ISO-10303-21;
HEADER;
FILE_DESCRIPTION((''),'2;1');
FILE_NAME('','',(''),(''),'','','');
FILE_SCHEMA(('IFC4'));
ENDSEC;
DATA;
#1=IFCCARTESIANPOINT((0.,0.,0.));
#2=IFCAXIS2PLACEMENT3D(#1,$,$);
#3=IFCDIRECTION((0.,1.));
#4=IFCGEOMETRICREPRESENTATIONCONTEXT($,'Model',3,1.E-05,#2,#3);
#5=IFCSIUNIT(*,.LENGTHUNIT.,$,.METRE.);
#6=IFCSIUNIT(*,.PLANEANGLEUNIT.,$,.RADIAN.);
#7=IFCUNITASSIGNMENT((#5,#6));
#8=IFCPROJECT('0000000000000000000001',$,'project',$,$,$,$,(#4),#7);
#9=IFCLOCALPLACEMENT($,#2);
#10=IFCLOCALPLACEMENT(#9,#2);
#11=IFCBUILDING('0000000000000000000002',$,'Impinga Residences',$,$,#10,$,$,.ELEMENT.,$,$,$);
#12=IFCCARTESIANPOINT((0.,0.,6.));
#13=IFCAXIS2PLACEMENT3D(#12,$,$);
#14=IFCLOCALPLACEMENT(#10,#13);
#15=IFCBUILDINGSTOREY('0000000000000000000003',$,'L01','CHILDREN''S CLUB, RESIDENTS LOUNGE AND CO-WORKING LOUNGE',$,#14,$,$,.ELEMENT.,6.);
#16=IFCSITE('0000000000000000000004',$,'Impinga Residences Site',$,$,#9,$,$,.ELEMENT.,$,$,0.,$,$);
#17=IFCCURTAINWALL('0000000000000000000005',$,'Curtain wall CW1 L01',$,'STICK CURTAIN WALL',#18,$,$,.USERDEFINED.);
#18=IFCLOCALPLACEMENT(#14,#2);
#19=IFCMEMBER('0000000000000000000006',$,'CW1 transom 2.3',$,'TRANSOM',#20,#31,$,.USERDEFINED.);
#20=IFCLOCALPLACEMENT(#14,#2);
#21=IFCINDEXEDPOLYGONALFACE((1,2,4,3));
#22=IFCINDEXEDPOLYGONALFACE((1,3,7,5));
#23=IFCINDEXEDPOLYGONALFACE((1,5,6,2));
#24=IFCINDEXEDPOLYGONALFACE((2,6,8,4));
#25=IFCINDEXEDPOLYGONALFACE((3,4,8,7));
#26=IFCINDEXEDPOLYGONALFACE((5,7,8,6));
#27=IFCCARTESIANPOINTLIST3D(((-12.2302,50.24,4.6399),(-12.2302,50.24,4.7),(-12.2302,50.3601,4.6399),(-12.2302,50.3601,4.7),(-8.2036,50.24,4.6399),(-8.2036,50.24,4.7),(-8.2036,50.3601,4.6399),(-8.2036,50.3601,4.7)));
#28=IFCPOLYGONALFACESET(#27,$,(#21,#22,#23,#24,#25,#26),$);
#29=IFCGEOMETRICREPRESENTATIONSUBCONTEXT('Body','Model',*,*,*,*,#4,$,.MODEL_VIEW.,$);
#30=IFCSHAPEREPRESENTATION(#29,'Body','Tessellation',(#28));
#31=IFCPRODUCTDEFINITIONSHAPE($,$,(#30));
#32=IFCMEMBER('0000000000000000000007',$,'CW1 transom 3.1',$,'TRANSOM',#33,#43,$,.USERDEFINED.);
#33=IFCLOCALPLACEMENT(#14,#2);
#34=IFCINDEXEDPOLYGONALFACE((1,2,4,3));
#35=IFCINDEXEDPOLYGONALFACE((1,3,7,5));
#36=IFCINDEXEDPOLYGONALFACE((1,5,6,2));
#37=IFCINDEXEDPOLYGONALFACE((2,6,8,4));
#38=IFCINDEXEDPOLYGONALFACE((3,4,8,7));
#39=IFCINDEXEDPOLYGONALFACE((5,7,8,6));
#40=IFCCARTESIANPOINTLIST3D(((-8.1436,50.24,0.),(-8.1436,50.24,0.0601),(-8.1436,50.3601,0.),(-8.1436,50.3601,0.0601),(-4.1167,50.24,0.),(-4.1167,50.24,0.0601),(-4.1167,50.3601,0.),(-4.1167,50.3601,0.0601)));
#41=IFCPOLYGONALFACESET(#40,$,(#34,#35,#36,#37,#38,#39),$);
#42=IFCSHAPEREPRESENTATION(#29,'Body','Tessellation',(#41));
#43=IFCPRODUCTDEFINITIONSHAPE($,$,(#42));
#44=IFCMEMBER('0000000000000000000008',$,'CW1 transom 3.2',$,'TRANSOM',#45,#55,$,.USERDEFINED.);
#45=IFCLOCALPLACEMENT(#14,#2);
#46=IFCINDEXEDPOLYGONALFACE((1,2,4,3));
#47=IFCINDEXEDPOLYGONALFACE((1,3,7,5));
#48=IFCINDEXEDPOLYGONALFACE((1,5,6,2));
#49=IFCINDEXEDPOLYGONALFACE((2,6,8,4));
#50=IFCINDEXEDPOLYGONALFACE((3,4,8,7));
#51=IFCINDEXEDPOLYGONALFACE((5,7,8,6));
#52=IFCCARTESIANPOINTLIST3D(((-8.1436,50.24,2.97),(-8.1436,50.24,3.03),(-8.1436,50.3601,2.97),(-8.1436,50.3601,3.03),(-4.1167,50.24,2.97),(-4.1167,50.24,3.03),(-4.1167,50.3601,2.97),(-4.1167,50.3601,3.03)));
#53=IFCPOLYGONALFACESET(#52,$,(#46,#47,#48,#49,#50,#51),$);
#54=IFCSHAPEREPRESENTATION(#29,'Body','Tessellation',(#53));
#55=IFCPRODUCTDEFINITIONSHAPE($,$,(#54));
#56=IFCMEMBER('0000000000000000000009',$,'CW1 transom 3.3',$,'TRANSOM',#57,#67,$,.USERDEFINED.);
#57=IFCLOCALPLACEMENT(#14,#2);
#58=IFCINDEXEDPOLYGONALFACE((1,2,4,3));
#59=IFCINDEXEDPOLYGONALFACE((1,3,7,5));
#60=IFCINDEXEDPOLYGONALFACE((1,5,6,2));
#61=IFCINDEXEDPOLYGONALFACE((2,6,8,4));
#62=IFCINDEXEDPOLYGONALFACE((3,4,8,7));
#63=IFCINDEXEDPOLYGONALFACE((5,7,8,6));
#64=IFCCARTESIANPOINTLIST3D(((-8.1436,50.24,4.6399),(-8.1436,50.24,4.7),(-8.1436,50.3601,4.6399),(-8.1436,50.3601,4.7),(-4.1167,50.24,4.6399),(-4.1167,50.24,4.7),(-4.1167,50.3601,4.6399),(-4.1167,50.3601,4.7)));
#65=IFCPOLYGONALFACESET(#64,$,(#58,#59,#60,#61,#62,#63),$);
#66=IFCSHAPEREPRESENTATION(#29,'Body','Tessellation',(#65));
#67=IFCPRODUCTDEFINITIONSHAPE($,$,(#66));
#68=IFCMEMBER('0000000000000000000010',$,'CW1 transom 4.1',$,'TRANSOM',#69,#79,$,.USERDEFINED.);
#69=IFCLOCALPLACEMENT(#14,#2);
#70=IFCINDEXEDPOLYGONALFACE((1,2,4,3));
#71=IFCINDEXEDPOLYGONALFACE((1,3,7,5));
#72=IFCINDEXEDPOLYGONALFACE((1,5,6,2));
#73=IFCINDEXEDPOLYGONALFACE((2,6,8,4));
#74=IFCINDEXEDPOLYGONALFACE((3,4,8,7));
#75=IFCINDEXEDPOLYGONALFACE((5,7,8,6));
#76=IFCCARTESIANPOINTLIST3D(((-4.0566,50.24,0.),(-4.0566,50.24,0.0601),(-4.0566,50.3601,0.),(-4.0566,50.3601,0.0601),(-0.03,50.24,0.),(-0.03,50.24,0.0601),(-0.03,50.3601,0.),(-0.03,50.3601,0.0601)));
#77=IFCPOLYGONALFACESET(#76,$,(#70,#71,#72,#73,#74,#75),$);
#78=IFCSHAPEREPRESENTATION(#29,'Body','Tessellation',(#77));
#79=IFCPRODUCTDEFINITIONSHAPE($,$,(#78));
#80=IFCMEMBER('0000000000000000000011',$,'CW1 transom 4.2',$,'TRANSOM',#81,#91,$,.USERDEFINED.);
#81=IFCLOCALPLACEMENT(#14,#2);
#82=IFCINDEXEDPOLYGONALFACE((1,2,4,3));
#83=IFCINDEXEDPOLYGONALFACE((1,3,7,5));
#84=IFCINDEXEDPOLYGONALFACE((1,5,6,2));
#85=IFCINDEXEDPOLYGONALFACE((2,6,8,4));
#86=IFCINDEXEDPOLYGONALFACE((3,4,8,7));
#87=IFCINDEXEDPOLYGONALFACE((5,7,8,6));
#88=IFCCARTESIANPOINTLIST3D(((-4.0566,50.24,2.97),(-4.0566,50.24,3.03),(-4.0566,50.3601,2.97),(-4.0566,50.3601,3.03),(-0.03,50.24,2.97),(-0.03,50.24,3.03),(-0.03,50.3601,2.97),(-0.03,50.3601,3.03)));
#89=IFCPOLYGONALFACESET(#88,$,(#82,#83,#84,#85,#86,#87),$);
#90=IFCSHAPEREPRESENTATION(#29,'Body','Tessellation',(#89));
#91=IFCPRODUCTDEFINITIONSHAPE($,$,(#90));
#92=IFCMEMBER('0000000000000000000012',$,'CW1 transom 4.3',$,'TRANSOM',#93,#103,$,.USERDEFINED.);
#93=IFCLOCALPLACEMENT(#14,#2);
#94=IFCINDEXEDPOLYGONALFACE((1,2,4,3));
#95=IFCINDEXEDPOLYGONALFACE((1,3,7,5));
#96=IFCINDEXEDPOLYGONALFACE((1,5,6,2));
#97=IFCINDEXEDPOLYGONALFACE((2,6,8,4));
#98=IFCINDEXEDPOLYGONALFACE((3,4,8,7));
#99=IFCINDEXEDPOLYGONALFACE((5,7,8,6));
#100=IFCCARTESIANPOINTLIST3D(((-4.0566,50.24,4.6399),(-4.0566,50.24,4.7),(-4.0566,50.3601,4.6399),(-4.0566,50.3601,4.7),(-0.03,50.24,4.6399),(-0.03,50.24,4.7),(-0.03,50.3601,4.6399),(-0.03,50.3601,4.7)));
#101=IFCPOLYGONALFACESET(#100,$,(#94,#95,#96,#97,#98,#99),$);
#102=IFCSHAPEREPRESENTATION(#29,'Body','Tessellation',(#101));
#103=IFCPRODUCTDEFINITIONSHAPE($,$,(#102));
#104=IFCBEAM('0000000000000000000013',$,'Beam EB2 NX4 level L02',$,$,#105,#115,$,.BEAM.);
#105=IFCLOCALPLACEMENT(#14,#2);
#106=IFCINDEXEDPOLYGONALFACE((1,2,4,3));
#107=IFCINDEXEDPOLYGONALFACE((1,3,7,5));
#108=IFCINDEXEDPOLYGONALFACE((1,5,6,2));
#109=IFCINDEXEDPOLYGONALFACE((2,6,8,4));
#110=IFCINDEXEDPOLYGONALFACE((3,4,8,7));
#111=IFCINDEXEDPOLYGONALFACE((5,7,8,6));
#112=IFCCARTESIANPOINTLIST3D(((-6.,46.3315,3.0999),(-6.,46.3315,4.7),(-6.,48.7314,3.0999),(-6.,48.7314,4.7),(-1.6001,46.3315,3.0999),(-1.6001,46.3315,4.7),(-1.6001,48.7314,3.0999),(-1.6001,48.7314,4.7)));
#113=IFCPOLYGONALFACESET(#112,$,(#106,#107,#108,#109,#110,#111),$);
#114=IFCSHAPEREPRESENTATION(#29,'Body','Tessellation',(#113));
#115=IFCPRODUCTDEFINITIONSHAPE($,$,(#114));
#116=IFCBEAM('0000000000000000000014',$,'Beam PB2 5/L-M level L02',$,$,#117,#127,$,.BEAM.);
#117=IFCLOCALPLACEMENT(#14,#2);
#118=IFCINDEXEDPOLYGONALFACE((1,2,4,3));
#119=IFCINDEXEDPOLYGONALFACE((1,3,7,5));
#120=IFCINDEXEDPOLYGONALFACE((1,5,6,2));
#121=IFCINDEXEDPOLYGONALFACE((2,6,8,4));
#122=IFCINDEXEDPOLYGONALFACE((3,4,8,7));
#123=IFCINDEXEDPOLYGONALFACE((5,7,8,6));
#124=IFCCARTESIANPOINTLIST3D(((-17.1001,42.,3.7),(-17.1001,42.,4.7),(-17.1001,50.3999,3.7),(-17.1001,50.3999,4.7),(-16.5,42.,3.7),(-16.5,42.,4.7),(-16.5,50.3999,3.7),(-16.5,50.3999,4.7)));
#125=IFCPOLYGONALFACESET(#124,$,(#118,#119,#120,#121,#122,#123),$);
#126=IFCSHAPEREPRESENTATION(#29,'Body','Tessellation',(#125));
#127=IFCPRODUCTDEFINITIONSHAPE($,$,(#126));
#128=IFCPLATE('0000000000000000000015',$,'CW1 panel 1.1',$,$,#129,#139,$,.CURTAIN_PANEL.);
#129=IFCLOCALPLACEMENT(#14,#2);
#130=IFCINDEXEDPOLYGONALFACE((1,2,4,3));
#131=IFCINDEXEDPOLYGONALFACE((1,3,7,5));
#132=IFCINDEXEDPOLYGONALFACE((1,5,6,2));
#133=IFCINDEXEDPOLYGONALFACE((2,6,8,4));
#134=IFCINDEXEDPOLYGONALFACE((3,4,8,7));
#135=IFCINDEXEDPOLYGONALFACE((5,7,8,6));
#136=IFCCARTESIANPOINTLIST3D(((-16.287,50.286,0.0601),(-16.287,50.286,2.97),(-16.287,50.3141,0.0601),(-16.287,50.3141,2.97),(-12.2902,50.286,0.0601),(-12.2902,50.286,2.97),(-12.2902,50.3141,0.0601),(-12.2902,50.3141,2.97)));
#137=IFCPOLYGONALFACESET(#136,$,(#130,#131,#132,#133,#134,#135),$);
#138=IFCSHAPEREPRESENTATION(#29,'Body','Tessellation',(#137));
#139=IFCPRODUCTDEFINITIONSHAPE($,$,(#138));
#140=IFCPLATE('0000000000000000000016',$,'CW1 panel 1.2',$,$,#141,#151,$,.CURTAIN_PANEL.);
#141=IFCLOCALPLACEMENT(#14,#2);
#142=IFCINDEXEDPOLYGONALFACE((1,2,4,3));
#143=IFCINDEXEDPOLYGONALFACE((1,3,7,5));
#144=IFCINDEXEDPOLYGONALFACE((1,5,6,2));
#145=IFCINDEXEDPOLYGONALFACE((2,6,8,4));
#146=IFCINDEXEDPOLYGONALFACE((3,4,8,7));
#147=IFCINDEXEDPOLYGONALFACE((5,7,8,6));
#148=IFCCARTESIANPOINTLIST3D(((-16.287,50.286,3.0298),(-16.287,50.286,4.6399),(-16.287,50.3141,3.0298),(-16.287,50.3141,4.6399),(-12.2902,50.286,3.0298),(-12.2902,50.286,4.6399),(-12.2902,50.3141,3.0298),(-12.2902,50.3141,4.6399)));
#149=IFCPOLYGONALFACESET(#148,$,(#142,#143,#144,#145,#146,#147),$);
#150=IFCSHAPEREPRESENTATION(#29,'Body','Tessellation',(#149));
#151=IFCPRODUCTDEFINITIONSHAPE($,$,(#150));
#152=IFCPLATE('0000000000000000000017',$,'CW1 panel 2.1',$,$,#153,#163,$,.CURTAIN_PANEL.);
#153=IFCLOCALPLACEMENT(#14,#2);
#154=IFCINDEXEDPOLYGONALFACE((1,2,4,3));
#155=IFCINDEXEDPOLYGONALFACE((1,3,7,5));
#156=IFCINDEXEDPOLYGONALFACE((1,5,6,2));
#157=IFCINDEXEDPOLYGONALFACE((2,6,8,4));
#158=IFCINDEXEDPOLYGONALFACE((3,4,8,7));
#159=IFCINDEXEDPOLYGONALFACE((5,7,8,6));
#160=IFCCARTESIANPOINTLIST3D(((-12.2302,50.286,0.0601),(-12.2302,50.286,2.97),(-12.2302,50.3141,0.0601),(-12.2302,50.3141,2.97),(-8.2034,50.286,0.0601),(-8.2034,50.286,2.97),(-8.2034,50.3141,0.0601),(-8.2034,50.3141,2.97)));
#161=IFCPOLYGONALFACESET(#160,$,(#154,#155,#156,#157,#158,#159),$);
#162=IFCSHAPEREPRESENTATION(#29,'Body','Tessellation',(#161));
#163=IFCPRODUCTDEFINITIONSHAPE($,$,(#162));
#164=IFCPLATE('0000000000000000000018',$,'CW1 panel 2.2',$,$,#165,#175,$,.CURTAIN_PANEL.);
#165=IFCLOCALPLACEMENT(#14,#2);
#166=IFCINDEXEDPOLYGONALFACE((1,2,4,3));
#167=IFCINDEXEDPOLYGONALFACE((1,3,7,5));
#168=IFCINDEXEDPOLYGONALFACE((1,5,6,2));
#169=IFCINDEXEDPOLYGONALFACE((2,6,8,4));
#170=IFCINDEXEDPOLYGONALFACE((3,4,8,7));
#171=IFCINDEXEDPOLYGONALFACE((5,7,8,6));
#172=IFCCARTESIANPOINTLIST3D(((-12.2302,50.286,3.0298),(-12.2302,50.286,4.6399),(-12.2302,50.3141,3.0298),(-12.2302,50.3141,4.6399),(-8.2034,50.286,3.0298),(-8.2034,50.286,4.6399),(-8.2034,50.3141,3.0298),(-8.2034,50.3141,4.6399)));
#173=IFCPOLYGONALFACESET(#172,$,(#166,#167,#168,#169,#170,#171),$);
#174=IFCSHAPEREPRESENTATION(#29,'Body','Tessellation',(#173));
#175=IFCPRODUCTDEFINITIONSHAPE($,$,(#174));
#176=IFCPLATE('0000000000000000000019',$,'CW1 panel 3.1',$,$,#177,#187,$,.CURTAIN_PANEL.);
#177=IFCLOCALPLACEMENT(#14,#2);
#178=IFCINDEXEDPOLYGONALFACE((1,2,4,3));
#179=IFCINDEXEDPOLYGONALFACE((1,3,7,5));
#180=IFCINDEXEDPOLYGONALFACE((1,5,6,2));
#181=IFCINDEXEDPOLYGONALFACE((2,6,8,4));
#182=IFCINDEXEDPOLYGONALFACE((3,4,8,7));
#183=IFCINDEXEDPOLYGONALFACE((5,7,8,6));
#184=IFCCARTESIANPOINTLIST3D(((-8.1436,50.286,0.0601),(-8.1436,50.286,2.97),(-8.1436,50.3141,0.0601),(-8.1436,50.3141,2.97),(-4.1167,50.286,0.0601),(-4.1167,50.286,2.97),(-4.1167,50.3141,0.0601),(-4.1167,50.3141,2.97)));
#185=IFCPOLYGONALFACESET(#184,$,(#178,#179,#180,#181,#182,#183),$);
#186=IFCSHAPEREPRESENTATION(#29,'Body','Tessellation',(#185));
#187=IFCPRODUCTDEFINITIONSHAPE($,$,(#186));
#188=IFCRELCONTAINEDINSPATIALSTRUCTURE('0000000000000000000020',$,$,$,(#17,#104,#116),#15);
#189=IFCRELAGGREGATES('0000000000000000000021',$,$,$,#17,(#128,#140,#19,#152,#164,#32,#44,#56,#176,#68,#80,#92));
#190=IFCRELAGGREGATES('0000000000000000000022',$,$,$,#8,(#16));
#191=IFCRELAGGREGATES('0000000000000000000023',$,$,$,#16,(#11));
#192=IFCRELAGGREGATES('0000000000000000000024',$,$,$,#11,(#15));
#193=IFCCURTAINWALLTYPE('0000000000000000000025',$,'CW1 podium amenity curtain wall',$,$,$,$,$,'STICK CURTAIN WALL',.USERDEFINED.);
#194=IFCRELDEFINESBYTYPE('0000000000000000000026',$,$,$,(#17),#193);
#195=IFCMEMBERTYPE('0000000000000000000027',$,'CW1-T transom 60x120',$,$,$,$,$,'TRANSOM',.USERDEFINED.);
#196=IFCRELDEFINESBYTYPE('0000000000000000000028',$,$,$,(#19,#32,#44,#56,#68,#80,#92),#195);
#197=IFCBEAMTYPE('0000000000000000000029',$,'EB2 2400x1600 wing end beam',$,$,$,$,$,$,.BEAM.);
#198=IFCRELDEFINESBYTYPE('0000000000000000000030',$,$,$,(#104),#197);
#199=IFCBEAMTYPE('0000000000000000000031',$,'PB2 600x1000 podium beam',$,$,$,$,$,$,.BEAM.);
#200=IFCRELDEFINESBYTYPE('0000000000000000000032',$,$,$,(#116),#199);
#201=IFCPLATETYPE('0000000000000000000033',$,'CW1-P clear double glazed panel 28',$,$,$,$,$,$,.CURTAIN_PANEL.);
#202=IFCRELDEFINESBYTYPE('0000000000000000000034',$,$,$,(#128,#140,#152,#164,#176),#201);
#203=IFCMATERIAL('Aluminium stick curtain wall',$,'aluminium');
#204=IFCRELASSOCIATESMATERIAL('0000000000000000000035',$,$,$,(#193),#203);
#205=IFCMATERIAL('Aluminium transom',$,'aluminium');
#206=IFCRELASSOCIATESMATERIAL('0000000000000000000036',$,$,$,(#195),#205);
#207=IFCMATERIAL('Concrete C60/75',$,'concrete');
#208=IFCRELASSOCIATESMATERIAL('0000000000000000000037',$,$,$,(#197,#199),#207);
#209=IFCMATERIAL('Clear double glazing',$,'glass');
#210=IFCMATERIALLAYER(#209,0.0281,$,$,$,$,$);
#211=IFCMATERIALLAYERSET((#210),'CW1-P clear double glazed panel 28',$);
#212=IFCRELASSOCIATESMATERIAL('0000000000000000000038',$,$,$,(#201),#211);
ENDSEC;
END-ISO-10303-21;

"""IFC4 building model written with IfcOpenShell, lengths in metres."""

from ifc_helpers import new_model, si_unit, direction, frame, origin, origin_2d, place, context, subcontext, project, spatial, rectangle, extrude, material, layer, layer_set, material_profile, profile_set, type_object, element, aggregate, save


model = new_model("IFC4")

# Units and contexts
model_context = context("Model", 3, precision=1e-05, world=origin(), true_north=direction((0.0, 1.0)))
body_context = subcontext(model_context, "Body", "Model", "MODEL_VIEW")
ifc_project = project(units=[si_unit("LENGTHUNIT", "METRE"), si_unit("PLANEANGLEUNIT", "RADIAN")], contexts=[model_context])

# Site, building, storey
site_placement = place(None, origin())
site = spatial("IfcSite", under=ifc_project, at=site_placement, Name="Impinga Residences Site", CompositionType="ELEMENT", RefElevation=0.0)
building_placement = place(site_placement, origin())
building = spatial("IfcBuilding", under=site, at=building_placement, Name="Impinga Residences", CompositionType="ELEMENT")
storey_placement = place(building_placement, frame((0.0, 0.0, 6.0)))
storey = spatial("IfcBuildingStorey", under=building, at=storey_placement, Name="L01", Description="CHILDREN'S CLUB, RESIDENTS LOUNGE AND CO-WORKING LOUNGE", CompositionType="ELEMENT", Elevation=6.0)

# Shared definitions
ifc_material_1 = material(Name="Concrete C60/75", Category="concrete")

# Curtain wall, members
ifc_material_2 = material(Name="Aluminium stick curtain wall", Category="aluminium")
curtain_wall_type = type_object("IfcCurtainWallType", Name="CW1 podium amenity curtain wall", ElementType="STICK CURTAIN WALL", PredefinedType="USERDEFINED", material=ifc_material_2)
curtain_wall_placement = place(storey_placement, origin())
curtain_wall = element("IfcCurtainWall", 1, at=curtain_wall_placement, inside=storey, type_object=curtain_wall_type, Name="Curtain wall CW1 L01", ObjectType="STICK CURTAIN WALL", PredefinedType="USERDEFINED")
ifc_material_3 = material(Name="Aluminium transom", Category="aluminium")
ifc_material_profile_1 = material_profile(ifc_material_3, rectangle(XDim=0.0601, YDim=0.1201, at=origin_2d()), Name="60x120 transom")
ifc_profile_set_1 = profile_set([ifc_material_profile_1], Name="Aluminium transom")
member_type_1 = type_object("IfcMemberType", Name="CW1-T transom 60x120", ElementType="TRANSOM", PredefinedType="USERDEFINED", material=ifc_profile_set_1)
member_1_placement = place(storey_placement, frame((-12.2302, 50.3, 4.6699), z_axis=(1.0, 0.0, 0.0), x_axis=(0.0, 0.0, 1.0)))
member_1 = element("IfcMember", 2, at=member_1_placement, type_object=member_type_1, Name="CW1 transom 2.3", ObjectType="TRANSOM", PredefinedType="USERDEFINED", context=body_context, shape_type="SweptSolid", body=[
    extrude(rectangle(XDim=0.0601, YDim=0.1201, at=origin_2d()), origin(), (0.0, 0.0, 1.0), 4.0266),
])
member_2_placement = place(storey_placement, frame((-8.1436, 50.3, 0.03), z_axis=(1.0, 0.0, 0.0), x_axis=(0.0, 0.0, 1.0)))
member_2 = element("IfcMember", 3, at=member_2_placement, type_object=member_type_1, Name="CW1 transom 3.1", ObjectType="TRANSOM", PredefinedType="USERDEFINED", context=body_context, shape_type="SweptSolid", body=[
    extrude(rectangle(XDim=0.0601, YDim=0.1201, at=origin_2d()), origin(), (0.0, 0.0, 1.0), 4.0269),
])
member_3_placement = place(storey_placement, frame((-8.1436, 50.3, 3.0), z_axis=(1.0, 0.0, 0.0), x_axis=(0.0, 0.0, 1.0)))
member_3 = element("IfcMember", 4, at=member_3_placement, type_object=member_type_1, Name="CW1 transom 3.2", ObjectType="TRANSOM", PredefinedType="USERDEFINED", context=body_context, shape_type="SweptSolid", body=[
    extrude(rectangle(XDim=0.0601, YDim=0.1201, at=origin_2d()), origin(), (0.0, 0.0, 1.0), 4.0269),
])
member_4_placement = place(storey_placement, frame((-8.1436, 50.3, 4.6699), z_axis=(1.0, 0.0, 0.0), x_axis=(0.0, 0.0, 1.0)))
member_4 = element("IfcMember", 5, at=member_4_placement, type_object=member_type_1, Name="CW1 transom 3.3", ObjectType="TRANSOM", PredefinedType="USERDEFINED", context=body_context, shape_type="SweptSolid", body=[
    extrude(rectangle(XDim=0.0601, YDim=0.1201, at=origin_2d()), origin(), (0.0, 0.0, 1.0), 4.0269),
])
member_5_placement = place(storey_placement, frame((-4.0566, 50.3, 0.03), z_axis=(1.0, 0.0, 0.0), x_axis=(0.0, 0.0, 1.0)))
member_5 = element("IfcMember", 6, at=member_5_placement, type_object=member_type_1, Name="CW1 transom 4.1", ObjectType="TRANSOM", PredefinedType="USERDEFINED", context=body_context, shape_type="SweptSolid", body=[
    extrude(rectangle(XDim=0.0601, YDim=0.1201, at=origin_2d()), origin(), (0.0, 0.0, 1.0), 4.0266),
])
member_6_placement = place(storey_placement, frame((-4.0566, 50.3, 3.0), z_axis=(1.0, 0.0, 0.0), x_axis=(0.0, 0.0, 1.0)))
member_6 = element("IfcMember", 7, at=member_6_placement, type_object=member_type_1, Name="CW1 transom 4.2", ObjectType="TRANSOM", PredefinedType="USERDEFINED", context=body_context, shape_type="SweptSolid", body=[
    extrude(rectangle(XDim=0.0601, YDim=0.1201, at=origin_2d()), origin(), (0.0, 0.0, 1.0), 4.0266),
])
member_7_placement = place(storey_placement, frame((-4.0566, 50.3, 4.6699), z_axis=(1.0, 0.0, 0.0), x_axis=(0.0, 0.0, 1.0)))
member_7 = element("IfcMember", 8, at=member_7_placement, type_object=member_type_1, Name="CW1 transom 4.3", ObjectType="TRANSOM", PredefinedType="USERDEFINED", context=body_context, shape_type="SweptSolid", body=[
    extrude(rectangle(XDim=0.0601, YDim=0.1201, at=origin_2d()), origin(), (0.0, 0.0, 1.0), 4.0266),
])

# Beams
ifc_material_profile_2 = material_profile(ifc_material_1, rectangle(XDim=2.3999, YDim=1.6001, at=origin_2d()), Name="RC 2400x1600")
ifc_profile_set_2 = profile_set([ifc_material_profile_2], Name="Concrete C60/75")
beam_type_1 = type_object("IfcBeamType", Name="EB2 2400x1600 wing end beam", PredefinedType="BEAM", material=ifc_profile_set_2)
beam_1_placement = place(storey_placement, frame((-6.0, 47.5315, 3.8999), z_axis=(1.0, 0.0, 0.0), x_axis=(0.0, 1.0, 0.0)))
element("IfcBeam", 9, at=beam_1_placement, inside=storey, type_object=beam_type_1, Name="Beam EB2 NX4 level L02", PredefinedType="BEAM", context=body_context, shape_type="SweptSolid", body=[
    extrude(rectangle(XDim=2.3999, YDim=1.6001, at=origin_2d()), origin(), (0.0, 0.0, 1.0), 4.3999),
])
ifc_material_profile_3 = material_profile(ifc_material_1, rectangle(XDim=0.6001, YDim=1.0, at=origin_2d()), Name="RC 600x1000")
ifc_profile_set_3 = profile_set([ifc_material_profile_3], Name="Concrete C60/75")
beam_type_2 = type_object("IfcBeamType", Name="PB2 600x1000 podium beam", PredefinedType="BEAM", material=ifc_profile_set_3)
beam_2_placement = place(storey_placement, frame((-16.8, 42.0, 4.2), z_axis=(0.0, 1.0, 0.0), x_axis=(-1.0, 0.0, 0.0)))
element("IfcBeam", 10, at=beam_2_placement, inside=storey, type_object=beam_type_2, Name="Beam PB2 5/L-M level L02", PredefinedType="BEAM", context=body_context, shape_type="SweptSolid", body=[
    extrude(rectangle(XDim=0.6001, YDim=1.0, at=origin_2d()), origin(), (0.0, 0.0, 1.0), 8.3999),
])

# Plates
ifc_material_4 = material(Name="Clear double glazing", Category="glass")
ifc_layer_1 = layer(ifc_material_4, 0.0281)
ifc_layer_set_1 = layer_set([ifc_layer_1], Name="CW1-P clear double glazed panel 28")
plate_type = type_object("IfcPlateType", Name="CW1-P clear double glazed panel 28", PredefinedType="CURTAIN_PANEL", material=ifc_layer_set_1)
plate_1_placement = place(storey_placement, frame((-14.2886, 50.3, 0.0601), z_axis=(0.0, 0.0, 1.0), x_axis=(1.0, 0.0, 0.0)))
plate_1 = element("IfcPlate", 11, at=plate_1_placement, type_object=plate_type, Name="CW1 panel 1.1", PredefinedType="CURTAIN_PANEL", context=body_context, shape_type="SweptSolid", body=[
    extrude(rectangle(XDim=3.9968, YDim=0.0281, at=origin_2d()), origin(), (0.0, 0.0, 1.0), 2.9099),
])
plate_2_placement = place(storey_placement, frame((-14.2886, 50.3, 3.0298), z_axis=(0.0, 0.0, 1.0), x_axis=(1.0, 0.0, 0.0)))
plate_2 = element("IfcPlate", 12, at=plate_2_placement, type_object=plate_type, Name="CW1 panel 1.2", PredefinedType="CURTAIN_PANEL", context=body_context, shape_type="SweptSolid", body=[
    extrude(rectangle(XDim=3.9968, YDim=0.0281, at=origin_2d()), origin(), (0.0, 0.0, 1.0), 1.6101),
])
plate_3_placement = place(storey_placement, frame((-10.2168, 50.3, 0.0601), z_axis=(0.0, 0.0, 1.0), x_axis=(1.0, 0.0, 0.0)))
plate_3 = element("IfcPlate", 13, at=plate_3_placement, type_object=plate_type, Name="CW1 panel 2.1", PredefinedType="CURTAIN_PANEL", context=body_context, shape_type="SweptSolid", body=[
    extrude(rectangle(XDim=4.0269, YDim=0.0281, at=origin_2d()), origin(), (0.0, 0.0, 1.0), 2.9099),
])
plate_4_placement = place(storey_placement, frame((-10.2168, 50.3, 3.0298), z_axis=(0.0, 0.0, 1.0), x_axis=(1.0, 0.0, 0.0)))
plate_4 = element("IfcPlate", 14, at=plate_4_placement, type_object=plate_type, Name="CW1 panel 2.2", PredefinedType="CURTAIN_PANEL", context=body_context, shape_type="SweptSolid", body=[
    extrude(rectangle(XDim=4.0269, YDim=0.0281, at=origin_2d()), origin(), (0.0, 0.0, 1.0), 1.6101),
])
plate_5_placement = place(storey_placement, frame((-6.1301, 50.3, 0.0601), z_axis=(0.0, 0.0, 1.0), x_axis=(1.0, 0.0, 0.0)))
plate_5 = element("IfcPlate", 15, at=plate_5_placement, type_object=plate_type, Name="CW1 panel 3.1", PredefinedType="CURTAIN_PANEL", context=body_context, shape_type="SweptSolid", body=[
    extrude(rectangle(XDim=4.0269, YDim=0.0281, at=origin_2d()), origin(), (0.0, 0.0, 1.0), 2.9099),
])
aggregate(curtain_wall, [plate_1, plate_2, member_1, plate_3, plate_4, member_2, member_3, member_4, plate_5, member_5, member_6, member_7])

save(model, "model.ifc")
